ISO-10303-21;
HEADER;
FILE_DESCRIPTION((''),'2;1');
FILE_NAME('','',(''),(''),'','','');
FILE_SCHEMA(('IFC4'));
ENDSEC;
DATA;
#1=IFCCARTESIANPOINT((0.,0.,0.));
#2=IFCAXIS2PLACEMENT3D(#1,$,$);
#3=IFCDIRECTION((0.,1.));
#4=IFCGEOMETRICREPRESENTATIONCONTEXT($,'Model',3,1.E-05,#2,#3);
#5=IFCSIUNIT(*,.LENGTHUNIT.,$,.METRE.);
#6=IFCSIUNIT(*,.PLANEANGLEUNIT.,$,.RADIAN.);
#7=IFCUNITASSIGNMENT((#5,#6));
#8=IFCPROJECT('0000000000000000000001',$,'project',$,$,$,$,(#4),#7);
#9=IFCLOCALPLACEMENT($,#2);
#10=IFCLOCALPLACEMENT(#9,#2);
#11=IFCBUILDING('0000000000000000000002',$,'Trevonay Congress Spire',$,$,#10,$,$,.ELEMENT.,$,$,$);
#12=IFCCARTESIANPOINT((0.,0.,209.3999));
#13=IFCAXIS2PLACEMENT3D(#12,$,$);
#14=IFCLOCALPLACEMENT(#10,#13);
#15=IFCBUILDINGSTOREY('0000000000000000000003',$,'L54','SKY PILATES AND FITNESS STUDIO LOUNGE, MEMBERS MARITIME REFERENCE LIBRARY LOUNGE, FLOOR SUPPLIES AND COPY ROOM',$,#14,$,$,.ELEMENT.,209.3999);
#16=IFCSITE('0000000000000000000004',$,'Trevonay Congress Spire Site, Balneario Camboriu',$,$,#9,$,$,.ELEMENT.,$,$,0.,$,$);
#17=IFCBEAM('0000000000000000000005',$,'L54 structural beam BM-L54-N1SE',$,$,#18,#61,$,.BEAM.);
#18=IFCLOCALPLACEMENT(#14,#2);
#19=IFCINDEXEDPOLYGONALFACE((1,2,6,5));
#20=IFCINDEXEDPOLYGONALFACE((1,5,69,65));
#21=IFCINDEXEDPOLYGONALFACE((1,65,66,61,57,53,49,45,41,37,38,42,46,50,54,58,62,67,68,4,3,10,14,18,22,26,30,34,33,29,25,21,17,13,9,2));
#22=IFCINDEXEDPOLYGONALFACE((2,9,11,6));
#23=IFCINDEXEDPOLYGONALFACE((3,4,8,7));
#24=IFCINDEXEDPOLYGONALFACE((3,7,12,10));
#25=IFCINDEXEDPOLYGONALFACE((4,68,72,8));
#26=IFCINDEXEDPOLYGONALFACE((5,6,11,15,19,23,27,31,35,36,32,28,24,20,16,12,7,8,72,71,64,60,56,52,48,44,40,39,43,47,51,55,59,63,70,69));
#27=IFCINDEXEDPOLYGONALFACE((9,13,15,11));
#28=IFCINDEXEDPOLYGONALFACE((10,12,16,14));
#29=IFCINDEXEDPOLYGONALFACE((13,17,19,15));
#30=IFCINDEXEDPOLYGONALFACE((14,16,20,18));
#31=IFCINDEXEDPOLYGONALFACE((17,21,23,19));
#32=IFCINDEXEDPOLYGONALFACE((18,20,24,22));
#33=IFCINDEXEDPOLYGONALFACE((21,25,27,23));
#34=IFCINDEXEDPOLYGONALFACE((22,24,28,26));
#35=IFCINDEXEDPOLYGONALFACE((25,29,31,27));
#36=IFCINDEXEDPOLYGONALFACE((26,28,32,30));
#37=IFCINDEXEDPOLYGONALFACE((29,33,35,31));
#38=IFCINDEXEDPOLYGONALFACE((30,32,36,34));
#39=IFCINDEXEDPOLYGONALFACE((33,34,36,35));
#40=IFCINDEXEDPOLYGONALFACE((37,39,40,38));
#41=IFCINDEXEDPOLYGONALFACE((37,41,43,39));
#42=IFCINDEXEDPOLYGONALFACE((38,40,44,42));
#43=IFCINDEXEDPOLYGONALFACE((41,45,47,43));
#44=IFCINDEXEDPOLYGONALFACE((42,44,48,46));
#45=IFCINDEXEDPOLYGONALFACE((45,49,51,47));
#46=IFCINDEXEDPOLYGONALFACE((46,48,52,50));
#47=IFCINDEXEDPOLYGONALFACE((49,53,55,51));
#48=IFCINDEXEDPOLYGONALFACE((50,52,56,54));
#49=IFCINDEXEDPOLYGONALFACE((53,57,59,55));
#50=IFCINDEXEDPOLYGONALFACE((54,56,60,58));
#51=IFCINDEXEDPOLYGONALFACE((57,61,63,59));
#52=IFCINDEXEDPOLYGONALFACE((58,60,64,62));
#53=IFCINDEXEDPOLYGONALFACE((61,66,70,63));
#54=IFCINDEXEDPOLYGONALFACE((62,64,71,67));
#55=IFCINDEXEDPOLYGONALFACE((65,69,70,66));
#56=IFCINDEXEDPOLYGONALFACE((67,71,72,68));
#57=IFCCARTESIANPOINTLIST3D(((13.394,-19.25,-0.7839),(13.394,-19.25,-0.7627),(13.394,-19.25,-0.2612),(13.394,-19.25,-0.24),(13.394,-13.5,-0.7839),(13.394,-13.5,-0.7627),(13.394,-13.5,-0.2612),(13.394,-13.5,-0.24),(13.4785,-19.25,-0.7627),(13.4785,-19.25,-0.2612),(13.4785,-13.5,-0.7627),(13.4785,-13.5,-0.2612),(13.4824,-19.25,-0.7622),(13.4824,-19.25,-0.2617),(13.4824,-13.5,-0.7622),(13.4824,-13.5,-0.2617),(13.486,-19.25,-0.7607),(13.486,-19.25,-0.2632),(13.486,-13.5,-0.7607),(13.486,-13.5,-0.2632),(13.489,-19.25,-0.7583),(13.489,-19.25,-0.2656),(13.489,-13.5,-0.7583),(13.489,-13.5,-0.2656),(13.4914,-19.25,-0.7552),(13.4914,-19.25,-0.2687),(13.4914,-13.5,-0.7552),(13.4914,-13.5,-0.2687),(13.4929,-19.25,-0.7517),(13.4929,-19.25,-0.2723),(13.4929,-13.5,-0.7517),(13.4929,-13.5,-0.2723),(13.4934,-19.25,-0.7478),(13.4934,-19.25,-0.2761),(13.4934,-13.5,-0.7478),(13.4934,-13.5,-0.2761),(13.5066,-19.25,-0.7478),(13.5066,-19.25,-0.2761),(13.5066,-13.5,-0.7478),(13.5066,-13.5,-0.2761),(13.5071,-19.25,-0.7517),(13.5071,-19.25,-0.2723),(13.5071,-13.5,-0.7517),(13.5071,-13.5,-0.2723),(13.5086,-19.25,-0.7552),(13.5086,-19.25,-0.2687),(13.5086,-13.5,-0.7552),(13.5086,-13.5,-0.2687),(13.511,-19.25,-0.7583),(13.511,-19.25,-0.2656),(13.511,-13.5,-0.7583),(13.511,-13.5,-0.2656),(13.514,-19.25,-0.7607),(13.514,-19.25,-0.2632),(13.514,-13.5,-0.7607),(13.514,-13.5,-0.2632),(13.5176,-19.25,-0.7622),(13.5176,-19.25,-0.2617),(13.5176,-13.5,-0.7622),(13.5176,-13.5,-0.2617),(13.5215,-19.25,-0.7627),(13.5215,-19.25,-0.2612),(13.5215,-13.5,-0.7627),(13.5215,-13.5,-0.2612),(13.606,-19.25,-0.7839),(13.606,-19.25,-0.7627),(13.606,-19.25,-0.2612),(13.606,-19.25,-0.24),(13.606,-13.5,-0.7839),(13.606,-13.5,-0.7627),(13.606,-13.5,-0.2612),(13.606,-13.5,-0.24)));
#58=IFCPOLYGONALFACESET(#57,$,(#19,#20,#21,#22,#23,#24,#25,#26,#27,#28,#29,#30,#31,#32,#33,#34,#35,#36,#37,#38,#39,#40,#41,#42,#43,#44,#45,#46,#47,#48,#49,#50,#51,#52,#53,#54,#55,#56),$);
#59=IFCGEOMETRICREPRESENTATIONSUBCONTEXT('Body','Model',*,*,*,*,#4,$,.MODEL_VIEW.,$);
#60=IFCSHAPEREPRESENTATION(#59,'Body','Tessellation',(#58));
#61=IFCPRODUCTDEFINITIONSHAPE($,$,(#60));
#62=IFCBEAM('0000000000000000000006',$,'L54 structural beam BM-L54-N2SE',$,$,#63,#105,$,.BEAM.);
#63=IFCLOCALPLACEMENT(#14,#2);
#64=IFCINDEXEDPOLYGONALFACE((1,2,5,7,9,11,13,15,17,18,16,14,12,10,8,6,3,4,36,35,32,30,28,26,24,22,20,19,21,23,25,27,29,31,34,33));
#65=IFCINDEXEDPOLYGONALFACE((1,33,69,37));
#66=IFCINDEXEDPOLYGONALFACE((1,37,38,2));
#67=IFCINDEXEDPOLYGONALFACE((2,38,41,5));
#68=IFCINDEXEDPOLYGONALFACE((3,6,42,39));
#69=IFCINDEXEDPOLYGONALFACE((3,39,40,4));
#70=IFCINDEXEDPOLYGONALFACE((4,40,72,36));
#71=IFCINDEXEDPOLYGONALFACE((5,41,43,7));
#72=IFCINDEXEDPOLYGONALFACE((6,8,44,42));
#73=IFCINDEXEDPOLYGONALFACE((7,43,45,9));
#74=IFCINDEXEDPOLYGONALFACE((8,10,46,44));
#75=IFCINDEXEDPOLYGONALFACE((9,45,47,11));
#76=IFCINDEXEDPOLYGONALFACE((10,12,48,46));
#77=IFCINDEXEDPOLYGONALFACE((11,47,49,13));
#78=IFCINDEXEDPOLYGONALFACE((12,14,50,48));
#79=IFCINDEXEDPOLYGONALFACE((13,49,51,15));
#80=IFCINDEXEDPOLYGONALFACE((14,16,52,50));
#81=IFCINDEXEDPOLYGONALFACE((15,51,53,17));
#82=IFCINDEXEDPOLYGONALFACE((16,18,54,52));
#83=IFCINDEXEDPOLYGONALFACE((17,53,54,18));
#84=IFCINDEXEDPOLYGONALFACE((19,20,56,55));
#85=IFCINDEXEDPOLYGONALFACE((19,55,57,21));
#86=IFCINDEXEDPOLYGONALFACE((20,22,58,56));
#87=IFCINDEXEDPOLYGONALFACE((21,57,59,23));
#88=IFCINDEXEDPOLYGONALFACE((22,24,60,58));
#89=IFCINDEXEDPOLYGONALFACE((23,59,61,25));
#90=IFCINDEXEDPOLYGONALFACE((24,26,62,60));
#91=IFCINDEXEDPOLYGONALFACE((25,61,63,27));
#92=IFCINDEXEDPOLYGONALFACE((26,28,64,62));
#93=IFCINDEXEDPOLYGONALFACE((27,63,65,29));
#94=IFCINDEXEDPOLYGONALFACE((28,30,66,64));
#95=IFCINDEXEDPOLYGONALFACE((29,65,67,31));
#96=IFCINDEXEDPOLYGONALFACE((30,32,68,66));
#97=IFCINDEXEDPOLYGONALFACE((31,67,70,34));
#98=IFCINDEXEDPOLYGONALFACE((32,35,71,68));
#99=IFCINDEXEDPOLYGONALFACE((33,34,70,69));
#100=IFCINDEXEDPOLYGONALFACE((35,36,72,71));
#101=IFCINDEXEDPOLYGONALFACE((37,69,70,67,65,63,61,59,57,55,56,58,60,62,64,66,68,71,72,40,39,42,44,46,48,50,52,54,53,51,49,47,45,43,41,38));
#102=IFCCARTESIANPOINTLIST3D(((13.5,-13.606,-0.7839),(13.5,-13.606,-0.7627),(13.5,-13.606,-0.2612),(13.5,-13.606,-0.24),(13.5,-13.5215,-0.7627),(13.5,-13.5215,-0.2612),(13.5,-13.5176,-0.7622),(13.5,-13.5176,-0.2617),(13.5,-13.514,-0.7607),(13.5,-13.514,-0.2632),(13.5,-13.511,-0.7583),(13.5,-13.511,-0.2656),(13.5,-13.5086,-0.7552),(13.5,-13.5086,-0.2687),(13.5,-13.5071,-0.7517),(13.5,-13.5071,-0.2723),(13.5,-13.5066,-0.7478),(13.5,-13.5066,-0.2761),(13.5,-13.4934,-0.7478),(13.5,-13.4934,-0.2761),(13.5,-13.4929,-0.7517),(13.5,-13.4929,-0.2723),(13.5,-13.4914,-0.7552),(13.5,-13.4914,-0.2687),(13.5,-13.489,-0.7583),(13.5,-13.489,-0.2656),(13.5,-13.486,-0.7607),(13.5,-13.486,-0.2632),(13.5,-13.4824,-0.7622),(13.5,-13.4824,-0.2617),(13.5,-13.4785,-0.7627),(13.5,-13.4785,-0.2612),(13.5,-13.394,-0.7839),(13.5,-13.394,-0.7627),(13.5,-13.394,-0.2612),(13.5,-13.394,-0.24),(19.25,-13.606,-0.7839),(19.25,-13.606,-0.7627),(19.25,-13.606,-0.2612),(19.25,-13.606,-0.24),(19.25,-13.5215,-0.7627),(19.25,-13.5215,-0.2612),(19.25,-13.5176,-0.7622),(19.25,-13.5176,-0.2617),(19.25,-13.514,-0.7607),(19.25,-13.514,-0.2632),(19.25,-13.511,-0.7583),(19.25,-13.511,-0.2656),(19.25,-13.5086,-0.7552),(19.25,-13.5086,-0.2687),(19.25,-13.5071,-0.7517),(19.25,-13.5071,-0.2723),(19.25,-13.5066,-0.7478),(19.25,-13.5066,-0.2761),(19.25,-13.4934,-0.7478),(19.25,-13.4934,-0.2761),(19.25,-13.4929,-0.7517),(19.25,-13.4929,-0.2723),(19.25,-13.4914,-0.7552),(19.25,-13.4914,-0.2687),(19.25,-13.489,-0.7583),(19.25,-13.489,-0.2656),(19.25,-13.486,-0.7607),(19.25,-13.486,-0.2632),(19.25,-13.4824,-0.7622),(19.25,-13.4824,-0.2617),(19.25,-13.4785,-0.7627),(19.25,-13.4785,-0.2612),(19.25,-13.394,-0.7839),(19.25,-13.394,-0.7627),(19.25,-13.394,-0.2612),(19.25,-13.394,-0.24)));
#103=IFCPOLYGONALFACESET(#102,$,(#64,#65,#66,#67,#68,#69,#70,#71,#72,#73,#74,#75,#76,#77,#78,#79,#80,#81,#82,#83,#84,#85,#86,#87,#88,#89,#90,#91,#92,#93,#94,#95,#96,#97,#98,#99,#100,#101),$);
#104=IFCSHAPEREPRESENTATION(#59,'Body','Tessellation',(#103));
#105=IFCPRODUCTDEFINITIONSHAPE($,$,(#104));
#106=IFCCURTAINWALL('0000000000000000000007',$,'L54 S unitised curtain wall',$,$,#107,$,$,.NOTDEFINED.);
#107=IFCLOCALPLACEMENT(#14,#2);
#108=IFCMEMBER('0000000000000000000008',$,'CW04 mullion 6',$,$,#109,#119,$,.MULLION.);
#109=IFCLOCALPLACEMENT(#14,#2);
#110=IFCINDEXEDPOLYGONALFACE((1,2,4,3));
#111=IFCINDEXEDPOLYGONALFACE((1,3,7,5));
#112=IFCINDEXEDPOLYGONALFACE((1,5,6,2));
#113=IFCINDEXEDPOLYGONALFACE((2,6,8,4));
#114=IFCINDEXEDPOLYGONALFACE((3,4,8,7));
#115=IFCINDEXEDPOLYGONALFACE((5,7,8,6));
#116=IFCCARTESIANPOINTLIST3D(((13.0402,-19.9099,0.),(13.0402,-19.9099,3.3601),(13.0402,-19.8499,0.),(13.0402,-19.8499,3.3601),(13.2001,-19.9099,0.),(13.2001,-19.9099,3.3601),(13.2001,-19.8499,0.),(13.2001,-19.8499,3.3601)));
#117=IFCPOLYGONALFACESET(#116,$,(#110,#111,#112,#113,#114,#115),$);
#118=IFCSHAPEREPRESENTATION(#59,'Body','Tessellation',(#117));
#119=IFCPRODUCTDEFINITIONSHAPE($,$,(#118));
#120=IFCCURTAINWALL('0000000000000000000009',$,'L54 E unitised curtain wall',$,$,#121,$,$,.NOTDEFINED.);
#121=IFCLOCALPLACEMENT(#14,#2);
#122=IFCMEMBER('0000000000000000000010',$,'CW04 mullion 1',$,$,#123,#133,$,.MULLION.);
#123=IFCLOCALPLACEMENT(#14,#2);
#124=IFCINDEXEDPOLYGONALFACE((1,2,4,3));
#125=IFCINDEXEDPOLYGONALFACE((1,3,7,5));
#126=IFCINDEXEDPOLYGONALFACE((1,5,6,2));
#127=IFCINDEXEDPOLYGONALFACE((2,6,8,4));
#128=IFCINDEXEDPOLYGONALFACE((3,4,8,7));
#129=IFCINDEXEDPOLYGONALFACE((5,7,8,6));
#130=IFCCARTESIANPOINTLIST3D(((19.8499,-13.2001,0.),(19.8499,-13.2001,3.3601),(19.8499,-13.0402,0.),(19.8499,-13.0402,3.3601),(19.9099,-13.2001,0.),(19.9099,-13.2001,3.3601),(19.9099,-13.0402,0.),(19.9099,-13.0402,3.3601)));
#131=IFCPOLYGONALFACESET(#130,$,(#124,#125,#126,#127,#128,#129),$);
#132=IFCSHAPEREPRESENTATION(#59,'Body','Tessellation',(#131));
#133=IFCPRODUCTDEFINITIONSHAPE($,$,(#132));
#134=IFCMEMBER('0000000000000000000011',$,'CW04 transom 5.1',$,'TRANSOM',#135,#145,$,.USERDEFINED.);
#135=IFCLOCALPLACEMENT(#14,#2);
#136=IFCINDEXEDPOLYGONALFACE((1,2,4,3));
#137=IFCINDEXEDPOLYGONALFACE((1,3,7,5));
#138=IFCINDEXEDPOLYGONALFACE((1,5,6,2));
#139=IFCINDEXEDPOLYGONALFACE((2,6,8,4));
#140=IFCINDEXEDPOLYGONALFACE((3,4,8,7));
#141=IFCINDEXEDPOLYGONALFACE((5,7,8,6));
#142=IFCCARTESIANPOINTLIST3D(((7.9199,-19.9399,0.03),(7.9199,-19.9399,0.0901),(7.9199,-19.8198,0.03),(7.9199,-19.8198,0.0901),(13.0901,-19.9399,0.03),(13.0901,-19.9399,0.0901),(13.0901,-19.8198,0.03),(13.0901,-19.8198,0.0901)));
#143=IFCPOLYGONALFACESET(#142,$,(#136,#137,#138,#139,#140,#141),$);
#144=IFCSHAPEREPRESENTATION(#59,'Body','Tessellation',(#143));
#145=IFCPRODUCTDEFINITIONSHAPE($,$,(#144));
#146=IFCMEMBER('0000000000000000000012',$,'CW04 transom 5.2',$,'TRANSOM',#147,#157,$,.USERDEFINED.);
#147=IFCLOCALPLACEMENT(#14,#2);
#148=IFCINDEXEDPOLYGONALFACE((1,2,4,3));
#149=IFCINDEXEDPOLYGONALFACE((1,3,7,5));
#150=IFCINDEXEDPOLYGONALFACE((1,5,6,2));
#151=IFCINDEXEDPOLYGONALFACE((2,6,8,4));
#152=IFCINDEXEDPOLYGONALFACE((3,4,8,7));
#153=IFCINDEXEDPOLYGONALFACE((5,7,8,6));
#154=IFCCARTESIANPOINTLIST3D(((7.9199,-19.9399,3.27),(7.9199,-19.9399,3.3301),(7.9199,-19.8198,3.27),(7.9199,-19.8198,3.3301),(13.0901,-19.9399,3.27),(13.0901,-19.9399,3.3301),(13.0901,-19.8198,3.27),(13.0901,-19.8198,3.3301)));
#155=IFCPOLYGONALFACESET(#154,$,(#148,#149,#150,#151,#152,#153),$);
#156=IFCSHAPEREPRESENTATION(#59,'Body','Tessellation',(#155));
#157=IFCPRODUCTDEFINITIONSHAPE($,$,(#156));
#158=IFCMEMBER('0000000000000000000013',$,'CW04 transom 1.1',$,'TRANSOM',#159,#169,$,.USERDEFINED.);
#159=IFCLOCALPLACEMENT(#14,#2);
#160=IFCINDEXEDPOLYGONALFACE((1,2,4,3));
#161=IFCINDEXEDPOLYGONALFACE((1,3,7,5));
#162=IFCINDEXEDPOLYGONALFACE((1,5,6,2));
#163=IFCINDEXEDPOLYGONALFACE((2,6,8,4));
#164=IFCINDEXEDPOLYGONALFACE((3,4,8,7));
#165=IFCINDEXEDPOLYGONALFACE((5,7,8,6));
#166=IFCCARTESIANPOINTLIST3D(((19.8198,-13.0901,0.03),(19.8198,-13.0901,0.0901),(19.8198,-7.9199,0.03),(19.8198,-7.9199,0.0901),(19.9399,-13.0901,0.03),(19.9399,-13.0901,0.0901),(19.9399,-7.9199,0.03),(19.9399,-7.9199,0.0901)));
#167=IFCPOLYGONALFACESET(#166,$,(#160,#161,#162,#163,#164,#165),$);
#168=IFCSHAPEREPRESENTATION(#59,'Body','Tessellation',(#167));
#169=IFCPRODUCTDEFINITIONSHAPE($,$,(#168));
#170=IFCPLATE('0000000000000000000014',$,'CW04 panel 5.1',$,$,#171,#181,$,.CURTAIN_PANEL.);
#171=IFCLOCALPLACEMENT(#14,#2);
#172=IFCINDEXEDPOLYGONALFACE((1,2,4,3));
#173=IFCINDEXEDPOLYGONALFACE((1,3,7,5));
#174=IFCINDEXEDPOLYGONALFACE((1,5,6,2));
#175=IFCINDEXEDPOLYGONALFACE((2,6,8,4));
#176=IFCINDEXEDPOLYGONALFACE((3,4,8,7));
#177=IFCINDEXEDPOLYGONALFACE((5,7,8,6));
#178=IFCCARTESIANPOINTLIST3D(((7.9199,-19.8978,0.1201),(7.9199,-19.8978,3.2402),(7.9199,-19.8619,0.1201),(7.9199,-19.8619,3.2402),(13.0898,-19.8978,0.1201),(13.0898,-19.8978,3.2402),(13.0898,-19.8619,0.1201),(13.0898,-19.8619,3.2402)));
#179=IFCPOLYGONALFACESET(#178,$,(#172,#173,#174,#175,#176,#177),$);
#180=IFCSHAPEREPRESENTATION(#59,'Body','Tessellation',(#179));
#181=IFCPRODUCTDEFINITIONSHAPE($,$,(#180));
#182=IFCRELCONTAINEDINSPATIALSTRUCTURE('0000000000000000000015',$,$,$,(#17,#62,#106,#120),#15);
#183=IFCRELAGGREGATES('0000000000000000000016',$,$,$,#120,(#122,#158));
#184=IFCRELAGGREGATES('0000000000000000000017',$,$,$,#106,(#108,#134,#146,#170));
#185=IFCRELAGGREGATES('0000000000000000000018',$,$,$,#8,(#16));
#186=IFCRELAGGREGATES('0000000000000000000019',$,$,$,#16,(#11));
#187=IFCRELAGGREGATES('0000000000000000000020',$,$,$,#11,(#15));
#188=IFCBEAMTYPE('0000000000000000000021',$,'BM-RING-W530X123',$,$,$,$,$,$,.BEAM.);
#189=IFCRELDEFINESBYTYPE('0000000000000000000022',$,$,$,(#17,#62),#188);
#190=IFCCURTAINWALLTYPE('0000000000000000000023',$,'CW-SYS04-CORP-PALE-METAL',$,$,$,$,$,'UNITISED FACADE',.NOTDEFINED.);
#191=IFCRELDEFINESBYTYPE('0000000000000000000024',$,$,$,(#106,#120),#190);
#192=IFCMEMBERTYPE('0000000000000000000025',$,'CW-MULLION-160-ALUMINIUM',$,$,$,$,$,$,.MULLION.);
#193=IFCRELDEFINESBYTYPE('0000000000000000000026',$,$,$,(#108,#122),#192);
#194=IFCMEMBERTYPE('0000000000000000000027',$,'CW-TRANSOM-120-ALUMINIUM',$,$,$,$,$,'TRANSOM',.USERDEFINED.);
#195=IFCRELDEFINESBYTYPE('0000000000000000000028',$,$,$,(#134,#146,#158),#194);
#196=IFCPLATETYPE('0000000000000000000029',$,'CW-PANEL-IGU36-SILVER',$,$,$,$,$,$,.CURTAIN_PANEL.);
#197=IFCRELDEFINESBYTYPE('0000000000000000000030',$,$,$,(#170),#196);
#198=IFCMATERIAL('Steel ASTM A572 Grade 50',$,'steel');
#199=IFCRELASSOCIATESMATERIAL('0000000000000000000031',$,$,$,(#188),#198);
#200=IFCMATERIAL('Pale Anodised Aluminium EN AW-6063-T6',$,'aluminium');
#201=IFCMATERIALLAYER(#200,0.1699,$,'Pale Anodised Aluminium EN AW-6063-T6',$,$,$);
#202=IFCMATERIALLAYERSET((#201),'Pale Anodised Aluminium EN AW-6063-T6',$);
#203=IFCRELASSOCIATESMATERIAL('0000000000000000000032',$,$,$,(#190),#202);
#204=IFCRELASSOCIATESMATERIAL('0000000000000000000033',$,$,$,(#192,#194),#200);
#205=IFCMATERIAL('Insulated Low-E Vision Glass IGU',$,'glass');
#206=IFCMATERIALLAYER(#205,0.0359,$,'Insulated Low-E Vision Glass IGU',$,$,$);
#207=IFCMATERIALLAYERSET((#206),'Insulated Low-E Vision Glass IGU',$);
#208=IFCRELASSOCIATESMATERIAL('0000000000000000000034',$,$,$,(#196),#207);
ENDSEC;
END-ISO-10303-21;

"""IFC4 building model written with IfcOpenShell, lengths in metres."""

from ifc_helpers import new_model, si_unit, direction, frame, origin, origin_2d, place, context, subcontext, project, spatial, rectangle, i_section, extrude, material, layer, layer_set, material_profile, profile_set, type_object, element, aggregate, save


model = new_model("IFC4")

# Units and contexts
model_context = context("Model", 3, precision=1e-05, world=origin(), true_north=direction((0.0, 1.0)))
body_context = subcontext(model_context, "Body", "Model", "MODEL_VIEW")
ifc_project = project(units=[si_unit("LENGTHUNIT", "METRE"), si_unit("PLANEANGLEUNIT", "RADIAN")], contexts=[model_context])

# Site, building, storey
site_placement = place(None, origin())
site = spatial("IfcSite", under=ifc_project, at=site_placement, Name="Trevonay Congress Spire Site, Balneario Camboriu", CompositionType="ELEMENT", RefElevation=0.0)
building_placement = place(site_placement, origin())
building = spatial("IfcBuilding", under=site, at=building_placement, Name="Trevonay Congress Spire", CompositionType="ELEMENT")
storey_placement = place(building_placement, frame((0.0, 0.0, 209.3999)))
storey = spatial("IfcBuildingStorey", under=building, at=storey_placement, Name="L54", Description="SKY PILATES AND FITNESS STUDIO LOUNGE, MEMBERS MARITIME REFERENCE LIBRARY LOUNGE, FLOOR SUPPLIES AND COPY ROOM", CompositionType="ELEMENT", Elevation=209.3999)

# Shared definitions
ifc_material_1 = material(Name="Steel ASTM A572 Grade 50", Category="steel")

# Beams
ifc_material_profile_1 = material_profile(ifc_material_1, i_section(OverallWidth=0.2119, OverallDepth=0.5439, WebThickness=0.0132, FlangeThickness=0.0212, FilletRadius=0.0149, at=origin_2d()), Name="W530x123")
ifc_profile_set_1 = profile_set([ifc_material_profile_1], Name="Steel ASTM A572 Grade 50")
beam_type = type_object("IfcBeamType", Name="BM-RING-W530X123", PredefinedType="BEAM", material=ifc_profile_set_1)
for number, where, z_axis, x_axis, name in (
    (1, (13.5, -19.25, -0.512), (0.0, 1.0, 0.0), (-1.0, 0.0, 0.0), "L54 structural beam BM-L54-N1SE"),
    (2, (19.25, -13.5, -0.512), (-1.0, 0.0, 0.0), (0.0, -1.0, 0.0), "L54 structural beam BM-L54-N2SE"),
):
    element("IfcBeam", number, at=place(storey_placement, frame(where, z_axis=z_axis, x_axis=x_axis)), inside=storey, type_object=beam_type, Name=name, PredefinedType="BEAM", context=body_context, shape_type="SweptSolid", body=[
        extrude(i_section(OverallWidth=0.2119, OverallDepth=0.5439, WebThickness=0.0132, FlangeThickness=0.0212, FilletRadius=0.0149, at=origin_2d()), origin(), (0.0, 0.0, 1.0), 5.75),
    ])

# Curtain walls, members
ifc_material_2 = material(Name="Pale Anodised Aluminium EN AW-6063-T6", Category="aluminium")
ifc_layer_1 = layer(ifc_material_2, 0.1699, Name="Pale Anodised Aluminium EN AW-6063-T6")
ifc_layer_set_1 = layer_set([ifc_layer_1], Name="Pale Anodised Aluminium EN AW-6063-T6")
curtain_wall_type = type_object("IfcCurtainWallType", Name="CW-SYS04-CORP-PALE-METAL", ElementType="UNITISED FACADE", PredefinedType="NOTDEFINED", material=ifc_layer_set_1)
curtain_wall_1_placement = place(storey_placement, origin())
curtain_wall_1 = element("IfcCurtainWall", 3, at=curtain_wall_1_placement, inside=storey, type_object=curtain_wall_type, Name="L54 S unitised curtain wall", PredefinedType="NOTDEFINED")
ifc_material_profile_2 = material_profile(ifc_material_2, rectangle(XDim=0.0601, YDim=0.1599, at=origin_2d()), Name="CW-MULLION-160-ALUMINIUM")
ifc_profile_set_2 = profile_set([ifc_material_profile_2], Name="Pale Anodised Aluminium EN AW-6063-T6")
member_type_1 = type_object("IfcMemberType", Name="CW-MULLION-160-ALUMINIUM", PredefinedType="MULLION", material=ifc_profile_set_2)
member_1_placement = place(storey_placement, frame((13.1201, -19.8799, 0.0), z_axis=(0.0, 0.0, 1.0), x_axis=(0.0, 1.0, 0.0)))
member_1 = element("IfcMember", 4, at=member_1_placement, type_object=member_type_1, Name="CW04 mullion 6", PredefinedType="MULLION", context=body_context, shape_type="SweptSolid", body=[
    extrude(rectangle(XDim=0.0601, YDim=0.1599, at=origin_2d()), origin(), (0.0, 0.0, 1.0), 3.3601),
])
curtain_wall_2_placement = place(storey_placement, origin())
curtain_wall_2 = element("IfcCurtainWall", 5, at=curtain_wall_2_placement, inside=storey, type_object=curtain_wall_type, Name="L54 E unitised curtain wall", PredefinedType="NOTDEFINED")
member_2_placement = place(storey_placement, frame((19.8799, -13.1201, 0.0), z_axis=(0.0, 0.0, 1.0), x_axis=(-1.0, 0.0, 0.0)))
member_2 = element("IfcMember", 6, at=member_2_placement, type_object=member_type_1, Name="CW04 mullion 1", PredefinedType="MULLION", context=body_context, shape_type="SweptSolid", body=[
    extrude(rectangle(XDim=0.0601, YDim=0.1599, at=origin_2d()), origin(), (0.0, 0.0, 1.0), 3.3601),
])

# Members
ifc_material_profile_3 = material_profile(ifc_material_2, rectangle(XDim=0.1201, YDim=0.0601, at=origin_2d()), Name="CW-TRANSOM-120-ALUMINIUM")
ifc_profile_set_3 = profile_set([ifc_material_profile_3], Name="Pale Anodised Aluminium EN AW-6063-T6")
member_type_2 = type_object("IfcMemberType", Name="CW-TRANSOM-120-ALUMINIUM", ElementType="TRANSOM", PredefinedType="USERDEFINED", material=ifc_profile_set_3)
member_3_placement = place(storey_placement, frame((7.9199, -19.8799, 0.0601), z_axis=(1.0, 0.0, 0.0), x_axis=(0.0, 1.0, 0.0)))
member_3 = element("IfcMember", 7, at=member_3_placement, type_object=member_type_2, Name="CW04 transom 5.1", ObjectType="TRANSOM", PredefinedType="USERDEFINED", context=body_context, shape_type="SweptSolid", body=[
    extrude(rectangle(XDim=0.1201, YDim=0.0601, at=origin_2d()), origin(), (0.0, 0.0, 1.0), 5.1702),
])
member_4_placement = place(storey_placement, frame((7.9199, -19.8799, 3.3), z_axis=(1.0, 0.0, 0.0), x_axis=(0.0, 1.0, 0.0)))
member_4 = element("IfcMember", 8, at=member_4_placement, type_object=member_type_2, Name="CW04 transom 5.2", ObjectType="TRANSOM", PredefinedType="USERDEFINED", context=body_context, shape_type="SweptSolid", body=[
    extrude(rectangle(XDim=0.1201, YDim=0.0601, at=origin_2d()), origin(), (0.0, 0.0, 1.0), 5.1702),
])
member_5_placement = place(storey_placement, frame((19.8799, -13.0901, 0.0601), z_axis=(0.0, 1.0, 0.0), x_axis=(-1.0, 0.0, 0.0)))
member_5 = element("IfcMember", 9, at=member_5_placement, type_object=member_type_2, Name="CW04 transom 1.1", ObjectType="TRANSOM", PredefinedType="USERDEFINED", context=body_context, shape_type="SweptSolid", body=[
    extrude(rectangle(XDim=0.1201, YDim=0.0601, at=origin_2d()), origin(), (0.0, 0.0, 1.0), 5.1702),
])
aggregate(curtain_wall_2, [member_2, member_5])

# Plate
ifc_material_3 = material(Name="Insulated Low-E Vision Glass IGU", Category="glass")
ifc_layer_2 = layer(ifc_material_3, 0.0359, Name="Insulated Low-E Vision Glass IGU")
ifc_layer_set_2 = layer_set([ifc_layer_2], Name="Insulated Low-E Vision Glass IGU")
plate_type = type_object("IfcPlateType", Name="CW-PANEL-IGU36-SILVER", PredefinedType="CURTAIN_PANEL", material=ifc_layer_set_2)
plate_placement = place(storey_placement, frame((10.5049, -19.8799, 0.1201), z_axis=(0.0, 0.0, 1.0), x_axis=(1.0, 0.0, 0.0)))
plate = element("IfcPlate", 10, at=plate_placement, type_object=plate_type, Name="CW04 panel 5.1", PredefinedType="CURTAIN_PANEL", context=body_context, shape_type="SweptSolid", body=[
    extrude(rectangle(XDim=5.1699, YDim=0.0359, at=origin_2d()), origin(), (0.0, 0.0, 1.0), 3.1201),
])
aggregate(curtain_wall_1, [member_1, member_3, member_4, plate])

save(model, "model.ifc")
